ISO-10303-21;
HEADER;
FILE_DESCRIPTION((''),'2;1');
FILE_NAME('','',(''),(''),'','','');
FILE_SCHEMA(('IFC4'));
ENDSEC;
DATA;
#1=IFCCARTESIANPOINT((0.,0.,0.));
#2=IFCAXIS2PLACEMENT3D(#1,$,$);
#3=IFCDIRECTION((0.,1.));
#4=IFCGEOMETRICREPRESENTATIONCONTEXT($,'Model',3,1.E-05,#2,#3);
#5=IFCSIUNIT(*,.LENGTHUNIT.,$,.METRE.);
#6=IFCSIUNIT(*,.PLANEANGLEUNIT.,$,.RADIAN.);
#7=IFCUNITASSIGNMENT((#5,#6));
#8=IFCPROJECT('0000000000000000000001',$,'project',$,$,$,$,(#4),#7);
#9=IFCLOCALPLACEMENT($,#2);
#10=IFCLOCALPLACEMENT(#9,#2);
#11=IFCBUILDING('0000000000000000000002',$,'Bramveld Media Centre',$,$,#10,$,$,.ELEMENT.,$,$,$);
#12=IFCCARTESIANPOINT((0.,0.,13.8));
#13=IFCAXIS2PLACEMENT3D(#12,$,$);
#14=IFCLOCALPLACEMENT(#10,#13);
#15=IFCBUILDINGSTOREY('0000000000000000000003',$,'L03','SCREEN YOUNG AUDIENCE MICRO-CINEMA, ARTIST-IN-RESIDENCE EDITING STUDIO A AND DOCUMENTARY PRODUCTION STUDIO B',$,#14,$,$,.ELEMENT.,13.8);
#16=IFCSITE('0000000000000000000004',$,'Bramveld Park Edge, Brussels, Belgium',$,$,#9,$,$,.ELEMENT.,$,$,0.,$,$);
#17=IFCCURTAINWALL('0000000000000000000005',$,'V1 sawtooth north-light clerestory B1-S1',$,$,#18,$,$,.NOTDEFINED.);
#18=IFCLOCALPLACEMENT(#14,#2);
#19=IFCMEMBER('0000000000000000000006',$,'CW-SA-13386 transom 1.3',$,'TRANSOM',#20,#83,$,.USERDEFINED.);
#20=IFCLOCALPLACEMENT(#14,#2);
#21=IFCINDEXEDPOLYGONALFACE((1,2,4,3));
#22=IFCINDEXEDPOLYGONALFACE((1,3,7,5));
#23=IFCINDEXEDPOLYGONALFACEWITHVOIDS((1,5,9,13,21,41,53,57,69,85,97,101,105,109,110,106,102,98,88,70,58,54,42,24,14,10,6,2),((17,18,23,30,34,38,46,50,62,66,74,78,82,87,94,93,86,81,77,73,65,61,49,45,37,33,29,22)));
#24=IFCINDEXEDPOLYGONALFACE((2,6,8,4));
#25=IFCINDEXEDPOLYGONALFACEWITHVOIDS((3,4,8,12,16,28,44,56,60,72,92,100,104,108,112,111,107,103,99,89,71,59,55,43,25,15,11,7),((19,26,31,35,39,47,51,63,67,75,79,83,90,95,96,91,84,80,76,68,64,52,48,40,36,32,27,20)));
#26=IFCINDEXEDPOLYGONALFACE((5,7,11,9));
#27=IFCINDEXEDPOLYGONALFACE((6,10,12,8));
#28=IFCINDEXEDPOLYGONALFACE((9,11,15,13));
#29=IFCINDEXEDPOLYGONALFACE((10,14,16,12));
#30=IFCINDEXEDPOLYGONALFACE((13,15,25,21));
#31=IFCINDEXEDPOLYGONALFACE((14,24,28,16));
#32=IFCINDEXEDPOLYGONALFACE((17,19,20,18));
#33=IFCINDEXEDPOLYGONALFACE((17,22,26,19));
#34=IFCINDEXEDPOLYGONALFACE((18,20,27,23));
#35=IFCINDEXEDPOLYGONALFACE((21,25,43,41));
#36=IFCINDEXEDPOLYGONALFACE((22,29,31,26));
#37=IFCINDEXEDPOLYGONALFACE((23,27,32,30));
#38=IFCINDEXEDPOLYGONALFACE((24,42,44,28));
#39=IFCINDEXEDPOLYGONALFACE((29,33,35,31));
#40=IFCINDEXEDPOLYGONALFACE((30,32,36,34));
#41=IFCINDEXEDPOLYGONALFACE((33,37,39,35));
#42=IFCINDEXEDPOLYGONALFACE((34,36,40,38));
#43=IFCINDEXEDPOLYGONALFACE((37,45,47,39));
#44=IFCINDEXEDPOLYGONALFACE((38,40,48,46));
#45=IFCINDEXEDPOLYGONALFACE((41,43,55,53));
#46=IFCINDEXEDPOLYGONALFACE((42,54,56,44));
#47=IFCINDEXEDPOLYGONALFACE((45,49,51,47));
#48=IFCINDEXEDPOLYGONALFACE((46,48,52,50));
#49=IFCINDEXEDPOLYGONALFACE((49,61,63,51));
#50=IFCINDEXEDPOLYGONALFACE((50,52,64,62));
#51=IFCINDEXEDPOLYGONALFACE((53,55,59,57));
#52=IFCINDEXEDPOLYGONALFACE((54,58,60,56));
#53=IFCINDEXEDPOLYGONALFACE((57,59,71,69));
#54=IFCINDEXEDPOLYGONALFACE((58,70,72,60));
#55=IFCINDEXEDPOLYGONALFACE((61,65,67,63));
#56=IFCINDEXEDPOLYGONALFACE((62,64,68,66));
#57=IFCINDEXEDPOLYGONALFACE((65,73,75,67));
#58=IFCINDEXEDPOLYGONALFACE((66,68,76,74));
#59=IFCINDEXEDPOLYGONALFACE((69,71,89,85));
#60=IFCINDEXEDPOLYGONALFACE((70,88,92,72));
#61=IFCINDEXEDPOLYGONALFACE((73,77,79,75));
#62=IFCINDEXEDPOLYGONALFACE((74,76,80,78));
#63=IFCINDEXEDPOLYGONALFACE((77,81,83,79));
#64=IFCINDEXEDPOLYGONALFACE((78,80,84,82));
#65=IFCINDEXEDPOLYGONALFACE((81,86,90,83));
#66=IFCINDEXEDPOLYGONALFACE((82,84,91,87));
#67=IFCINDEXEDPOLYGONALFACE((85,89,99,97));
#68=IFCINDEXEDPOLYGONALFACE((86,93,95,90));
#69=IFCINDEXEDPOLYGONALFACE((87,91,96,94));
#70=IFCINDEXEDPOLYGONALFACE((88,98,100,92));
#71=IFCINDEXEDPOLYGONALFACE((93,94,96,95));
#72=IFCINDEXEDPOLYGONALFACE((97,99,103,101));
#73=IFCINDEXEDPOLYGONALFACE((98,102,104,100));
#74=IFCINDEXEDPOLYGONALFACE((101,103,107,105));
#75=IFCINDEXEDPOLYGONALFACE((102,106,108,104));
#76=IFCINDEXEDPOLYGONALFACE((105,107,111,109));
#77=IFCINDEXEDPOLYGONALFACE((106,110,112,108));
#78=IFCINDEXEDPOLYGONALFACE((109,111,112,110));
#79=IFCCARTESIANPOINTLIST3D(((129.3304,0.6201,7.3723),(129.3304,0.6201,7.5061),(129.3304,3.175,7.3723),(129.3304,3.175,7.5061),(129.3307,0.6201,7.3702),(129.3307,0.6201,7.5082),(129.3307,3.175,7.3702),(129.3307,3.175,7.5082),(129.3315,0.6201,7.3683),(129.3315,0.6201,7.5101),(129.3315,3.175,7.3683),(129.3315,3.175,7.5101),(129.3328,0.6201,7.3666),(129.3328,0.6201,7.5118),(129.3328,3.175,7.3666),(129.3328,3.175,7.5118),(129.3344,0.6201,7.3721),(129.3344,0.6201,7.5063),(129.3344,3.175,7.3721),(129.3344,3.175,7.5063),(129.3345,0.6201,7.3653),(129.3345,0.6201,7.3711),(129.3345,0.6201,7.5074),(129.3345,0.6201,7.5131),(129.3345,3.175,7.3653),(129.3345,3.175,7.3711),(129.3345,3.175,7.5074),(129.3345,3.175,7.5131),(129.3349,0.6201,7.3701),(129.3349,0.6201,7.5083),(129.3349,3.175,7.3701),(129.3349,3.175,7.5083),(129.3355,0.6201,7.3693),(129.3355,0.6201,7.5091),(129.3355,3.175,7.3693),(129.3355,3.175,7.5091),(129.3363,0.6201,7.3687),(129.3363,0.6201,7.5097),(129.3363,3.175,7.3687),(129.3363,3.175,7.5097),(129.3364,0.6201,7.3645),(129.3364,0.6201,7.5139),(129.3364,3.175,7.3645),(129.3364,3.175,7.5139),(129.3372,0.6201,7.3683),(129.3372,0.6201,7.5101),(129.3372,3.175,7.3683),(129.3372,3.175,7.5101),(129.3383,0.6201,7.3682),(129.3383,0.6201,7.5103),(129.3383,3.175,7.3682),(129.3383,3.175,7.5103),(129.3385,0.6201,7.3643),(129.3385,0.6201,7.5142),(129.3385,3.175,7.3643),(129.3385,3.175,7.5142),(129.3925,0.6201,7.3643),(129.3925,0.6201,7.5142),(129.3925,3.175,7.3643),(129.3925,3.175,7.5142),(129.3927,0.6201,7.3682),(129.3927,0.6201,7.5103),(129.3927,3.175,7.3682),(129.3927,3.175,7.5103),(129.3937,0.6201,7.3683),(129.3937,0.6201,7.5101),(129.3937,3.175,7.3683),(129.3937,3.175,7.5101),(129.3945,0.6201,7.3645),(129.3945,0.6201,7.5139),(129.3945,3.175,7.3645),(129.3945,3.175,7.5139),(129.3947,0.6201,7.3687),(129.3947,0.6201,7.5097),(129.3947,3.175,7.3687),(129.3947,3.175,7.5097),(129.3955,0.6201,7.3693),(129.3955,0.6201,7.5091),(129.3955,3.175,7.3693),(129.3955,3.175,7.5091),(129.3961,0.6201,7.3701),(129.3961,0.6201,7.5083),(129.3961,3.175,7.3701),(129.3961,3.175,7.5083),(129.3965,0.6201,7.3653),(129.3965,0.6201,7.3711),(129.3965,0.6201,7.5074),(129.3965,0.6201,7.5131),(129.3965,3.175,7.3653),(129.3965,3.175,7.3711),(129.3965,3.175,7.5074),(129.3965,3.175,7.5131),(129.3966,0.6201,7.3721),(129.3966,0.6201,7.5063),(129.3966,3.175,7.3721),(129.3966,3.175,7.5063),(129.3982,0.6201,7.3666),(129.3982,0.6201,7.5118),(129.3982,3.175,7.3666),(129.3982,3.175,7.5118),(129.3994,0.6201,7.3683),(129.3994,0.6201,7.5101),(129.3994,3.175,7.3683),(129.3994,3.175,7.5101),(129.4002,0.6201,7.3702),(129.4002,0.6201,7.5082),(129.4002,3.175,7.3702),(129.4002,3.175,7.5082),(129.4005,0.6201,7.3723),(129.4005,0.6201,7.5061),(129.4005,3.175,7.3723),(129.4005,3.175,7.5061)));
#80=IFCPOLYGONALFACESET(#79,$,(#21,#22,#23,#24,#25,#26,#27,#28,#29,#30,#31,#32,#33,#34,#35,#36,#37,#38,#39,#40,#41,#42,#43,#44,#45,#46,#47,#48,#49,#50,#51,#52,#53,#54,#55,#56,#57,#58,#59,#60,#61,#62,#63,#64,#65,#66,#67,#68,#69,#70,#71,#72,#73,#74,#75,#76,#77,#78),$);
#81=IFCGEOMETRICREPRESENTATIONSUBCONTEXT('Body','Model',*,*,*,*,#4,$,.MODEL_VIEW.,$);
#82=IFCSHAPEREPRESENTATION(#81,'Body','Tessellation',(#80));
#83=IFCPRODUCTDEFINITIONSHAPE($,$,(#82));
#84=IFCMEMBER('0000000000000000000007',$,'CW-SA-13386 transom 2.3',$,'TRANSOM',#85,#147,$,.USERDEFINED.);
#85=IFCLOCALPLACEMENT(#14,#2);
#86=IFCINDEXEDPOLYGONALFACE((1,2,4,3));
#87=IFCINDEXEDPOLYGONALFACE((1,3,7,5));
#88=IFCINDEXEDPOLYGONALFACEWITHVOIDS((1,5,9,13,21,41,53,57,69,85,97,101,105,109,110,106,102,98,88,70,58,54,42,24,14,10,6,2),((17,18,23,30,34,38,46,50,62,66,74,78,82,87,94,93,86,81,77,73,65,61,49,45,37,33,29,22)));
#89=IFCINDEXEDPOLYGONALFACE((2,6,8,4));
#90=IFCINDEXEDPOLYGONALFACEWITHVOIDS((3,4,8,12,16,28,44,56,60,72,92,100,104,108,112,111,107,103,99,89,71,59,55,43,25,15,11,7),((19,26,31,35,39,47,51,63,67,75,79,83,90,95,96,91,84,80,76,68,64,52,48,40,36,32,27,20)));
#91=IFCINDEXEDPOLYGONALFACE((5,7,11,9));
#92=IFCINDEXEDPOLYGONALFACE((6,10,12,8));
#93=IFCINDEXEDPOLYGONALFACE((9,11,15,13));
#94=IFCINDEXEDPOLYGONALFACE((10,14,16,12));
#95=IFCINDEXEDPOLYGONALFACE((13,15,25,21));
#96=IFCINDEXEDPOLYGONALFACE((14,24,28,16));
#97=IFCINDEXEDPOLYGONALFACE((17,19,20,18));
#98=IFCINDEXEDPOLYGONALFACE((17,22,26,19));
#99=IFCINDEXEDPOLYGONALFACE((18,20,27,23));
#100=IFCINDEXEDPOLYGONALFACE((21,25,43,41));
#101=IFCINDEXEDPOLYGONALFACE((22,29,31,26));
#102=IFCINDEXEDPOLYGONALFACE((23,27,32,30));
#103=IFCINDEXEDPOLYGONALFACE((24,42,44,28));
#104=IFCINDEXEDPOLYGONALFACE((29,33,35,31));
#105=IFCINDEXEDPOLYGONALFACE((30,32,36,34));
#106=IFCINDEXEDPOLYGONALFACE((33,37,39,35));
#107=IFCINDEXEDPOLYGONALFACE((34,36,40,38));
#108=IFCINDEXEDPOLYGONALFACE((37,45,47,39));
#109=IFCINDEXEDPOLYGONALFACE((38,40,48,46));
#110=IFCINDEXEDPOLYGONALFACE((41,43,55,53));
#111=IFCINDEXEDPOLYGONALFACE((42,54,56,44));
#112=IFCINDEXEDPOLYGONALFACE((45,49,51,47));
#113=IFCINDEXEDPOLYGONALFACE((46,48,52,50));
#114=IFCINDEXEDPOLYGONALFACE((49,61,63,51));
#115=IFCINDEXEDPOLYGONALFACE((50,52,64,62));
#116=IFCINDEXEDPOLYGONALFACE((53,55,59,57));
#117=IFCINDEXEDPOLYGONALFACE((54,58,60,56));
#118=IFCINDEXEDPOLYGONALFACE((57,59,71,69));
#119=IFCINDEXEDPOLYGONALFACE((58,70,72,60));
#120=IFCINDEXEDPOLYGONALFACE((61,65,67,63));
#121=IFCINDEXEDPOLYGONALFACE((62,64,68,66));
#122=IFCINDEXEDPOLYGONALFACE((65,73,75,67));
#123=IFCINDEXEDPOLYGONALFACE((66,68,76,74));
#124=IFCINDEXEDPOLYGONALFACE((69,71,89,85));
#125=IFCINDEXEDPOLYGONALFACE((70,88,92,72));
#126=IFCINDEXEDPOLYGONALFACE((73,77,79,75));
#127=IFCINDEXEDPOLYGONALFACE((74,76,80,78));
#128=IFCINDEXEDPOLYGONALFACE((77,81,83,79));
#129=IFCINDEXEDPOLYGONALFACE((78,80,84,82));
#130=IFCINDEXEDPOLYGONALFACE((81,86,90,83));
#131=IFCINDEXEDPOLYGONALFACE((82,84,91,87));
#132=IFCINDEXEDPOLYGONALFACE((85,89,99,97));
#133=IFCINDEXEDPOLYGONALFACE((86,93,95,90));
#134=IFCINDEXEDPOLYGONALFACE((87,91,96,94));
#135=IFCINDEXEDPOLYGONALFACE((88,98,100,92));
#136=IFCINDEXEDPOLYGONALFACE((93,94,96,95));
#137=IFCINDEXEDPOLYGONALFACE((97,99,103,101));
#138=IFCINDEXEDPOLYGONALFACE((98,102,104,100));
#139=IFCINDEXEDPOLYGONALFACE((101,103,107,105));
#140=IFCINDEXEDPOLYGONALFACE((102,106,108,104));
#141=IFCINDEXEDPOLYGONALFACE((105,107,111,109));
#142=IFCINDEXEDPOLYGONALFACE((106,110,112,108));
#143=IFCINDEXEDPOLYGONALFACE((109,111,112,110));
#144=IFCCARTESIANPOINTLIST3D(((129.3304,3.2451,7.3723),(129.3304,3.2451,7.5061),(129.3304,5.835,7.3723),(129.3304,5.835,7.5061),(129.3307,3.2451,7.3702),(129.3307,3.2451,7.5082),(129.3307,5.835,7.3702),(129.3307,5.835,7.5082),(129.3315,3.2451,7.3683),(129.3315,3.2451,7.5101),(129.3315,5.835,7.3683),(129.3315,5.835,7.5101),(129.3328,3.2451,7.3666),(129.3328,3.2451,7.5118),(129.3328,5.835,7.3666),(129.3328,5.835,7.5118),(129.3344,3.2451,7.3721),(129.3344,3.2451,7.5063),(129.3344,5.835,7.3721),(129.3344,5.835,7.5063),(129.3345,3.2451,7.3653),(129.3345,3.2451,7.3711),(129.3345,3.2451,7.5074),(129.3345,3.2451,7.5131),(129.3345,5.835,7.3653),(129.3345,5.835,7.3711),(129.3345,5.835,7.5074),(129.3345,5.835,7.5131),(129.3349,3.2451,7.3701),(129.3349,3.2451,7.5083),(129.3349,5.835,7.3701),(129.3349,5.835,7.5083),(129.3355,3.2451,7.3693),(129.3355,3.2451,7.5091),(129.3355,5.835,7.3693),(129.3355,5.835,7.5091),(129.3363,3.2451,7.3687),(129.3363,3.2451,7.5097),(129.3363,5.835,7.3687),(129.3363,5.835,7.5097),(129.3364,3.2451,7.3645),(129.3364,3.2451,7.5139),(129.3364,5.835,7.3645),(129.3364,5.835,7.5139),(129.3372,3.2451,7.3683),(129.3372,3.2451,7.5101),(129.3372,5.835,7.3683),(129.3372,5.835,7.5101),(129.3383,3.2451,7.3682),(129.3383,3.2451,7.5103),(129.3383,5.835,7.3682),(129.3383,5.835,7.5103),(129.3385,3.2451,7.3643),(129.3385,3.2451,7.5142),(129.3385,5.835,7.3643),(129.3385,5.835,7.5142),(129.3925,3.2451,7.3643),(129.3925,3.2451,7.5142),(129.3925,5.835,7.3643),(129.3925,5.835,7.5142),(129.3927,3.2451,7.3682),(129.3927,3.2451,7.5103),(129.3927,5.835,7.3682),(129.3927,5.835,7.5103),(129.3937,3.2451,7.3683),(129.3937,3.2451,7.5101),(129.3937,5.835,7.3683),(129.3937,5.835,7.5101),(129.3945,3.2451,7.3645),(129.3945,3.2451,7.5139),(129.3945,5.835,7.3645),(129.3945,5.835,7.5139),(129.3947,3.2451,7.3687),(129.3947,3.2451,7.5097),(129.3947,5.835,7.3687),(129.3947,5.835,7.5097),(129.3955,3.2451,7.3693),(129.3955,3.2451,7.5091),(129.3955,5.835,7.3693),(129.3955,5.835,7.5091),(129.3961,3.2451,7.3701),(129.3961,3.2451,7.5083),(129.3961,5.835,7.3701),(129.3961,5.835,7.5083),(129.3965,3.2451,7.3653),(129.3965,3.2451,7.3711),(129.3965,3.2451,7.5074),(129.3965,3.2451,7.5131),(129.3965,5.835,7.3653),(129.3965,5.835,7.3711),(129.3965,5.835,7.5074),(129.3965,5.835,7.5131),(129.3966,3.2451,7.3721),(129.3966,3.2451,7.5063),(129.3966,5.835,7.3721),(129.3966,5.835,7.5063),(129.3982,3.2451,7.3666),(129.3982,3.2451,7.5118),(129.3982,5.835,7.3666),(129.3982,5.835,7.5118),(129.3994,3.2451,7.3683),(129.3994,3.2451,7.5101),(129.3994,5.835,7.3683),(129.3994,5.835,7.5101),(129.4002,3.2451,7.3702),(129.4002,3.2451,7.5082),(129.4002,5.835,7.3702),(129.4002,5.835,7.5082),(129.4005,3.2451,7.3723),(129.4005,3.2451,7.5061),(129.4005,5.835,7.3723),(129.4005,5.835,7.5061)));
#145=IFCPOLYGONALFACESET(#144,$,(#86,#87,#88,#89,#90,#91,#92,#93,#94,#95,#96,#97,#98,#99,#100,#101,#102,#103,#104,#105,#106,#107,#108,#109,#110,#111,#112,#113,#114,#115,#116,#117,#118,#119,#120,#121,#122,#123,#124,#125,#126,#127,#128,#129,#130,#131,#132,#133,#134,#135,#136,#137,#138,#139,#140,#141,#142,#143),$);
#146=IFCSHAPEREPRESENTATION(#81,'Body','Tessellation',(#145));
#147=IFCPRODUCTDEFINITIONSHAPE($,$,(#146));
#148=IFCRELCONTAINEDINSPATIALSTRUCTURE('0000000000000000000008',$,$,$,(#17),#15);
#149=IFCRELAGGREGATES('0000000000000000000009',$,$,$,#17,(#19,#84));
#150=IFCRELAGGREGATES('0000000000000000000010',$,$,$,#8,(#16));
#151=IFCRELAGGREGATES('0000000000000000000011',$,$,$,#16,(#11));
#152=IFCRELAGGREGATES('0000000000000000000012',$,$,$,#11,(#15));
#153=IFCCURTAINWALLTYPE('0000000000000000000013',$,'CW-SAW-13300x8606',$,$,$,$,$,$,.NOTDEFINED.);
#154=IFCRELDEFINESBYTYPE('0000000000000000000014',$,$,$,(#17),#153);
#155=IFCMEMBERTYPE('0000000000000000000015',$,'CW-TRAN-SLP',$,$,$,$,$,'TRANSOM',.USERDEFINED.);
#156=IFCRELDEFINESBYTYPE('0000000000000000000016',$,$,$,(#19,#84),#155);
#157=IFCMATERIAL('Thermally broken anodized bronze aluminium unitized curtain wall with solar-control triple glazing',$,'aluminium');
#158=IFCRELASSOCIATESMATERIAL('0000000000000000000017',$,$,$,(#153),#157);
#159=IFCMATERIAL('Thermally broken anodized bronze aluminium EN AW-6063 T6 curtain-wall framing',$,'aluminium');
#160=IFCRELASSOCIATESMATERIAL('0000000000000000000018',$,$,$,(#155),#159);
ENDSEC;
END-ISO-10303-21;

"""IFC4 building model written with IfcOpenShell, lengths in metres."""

from ifc_helpers import new_model, si_unit, direction, frame, origin, origin_2d, place, context, subcontext, project, spatial, hollow_rectangle, extrude, material, material_profile, profile_set, type_object, element, aggregate, save


model = new_model("IFC4")

# Units and contexts
model_context = context("Model", 3, precision=1e-05, world=origin(), true_north=direction((0.0, 1.0)))
body_context = subcontext(model_context, "Body", "Model", "MODEL_VIEW")
ifc_project = project(units=[si_unit("LENGTHUNIT", "METRE"), si_unit("PLANEANGLEUNIT", "RADIAN")], contexts=[model_context])

# Site, building, storey
site_placement = place(None, origin())
site = spatial("IfcSite", under=ifc_project, at=site_placement, Name="Bramveld Park Edge, Brussels, Belgium", CompositionType="ELEMENT", RefElevation=0.0)
building_placement = place(site_placement, origin())
building = spatial("IfcBuilding", under=site, at=building_placement, Name="Bramveld Media Centre", CompositionType="ELEMENT")
storey_placement = place(building_placement, frame((0.0, 0.0, 13.8)))
storey = spatial("IfcBuildingStorey", under=building, at=storey_placement, Name="L03", Description="SCREEN YOUNG AUDIENCE MICRO-CINEMA, ARTIST-IN-RESIDENCE EDITING STUDIO A AND DOCUMENTARY PRODUCTION STUDIO B", CompositionType="ELEMENT", Elevation=13.8)

# Curtain wall, members
ifc_material_1 = material(Name="Thermally broken anodized bronze aluminium unitized curtain wall with solar-control triple glazing", Category="aluminium")
curtain_wall_type = type_object("IfcCurtainWallType", Name="CW-SAW-13300x8606", PredefinedType="NOTDEFINED", material=ifc_material_1)
curtain_wall_1_placement = place(storey_placement, origin())
curtain_wall_1 = element("IfcCurtainWall", 1, at=curtain_wall_1_placement, inside=storey, type_object=curtain_wall_type, Name="V1 sawtooth north-light clerestory B1-S1", PredefinedType="NOTDEFINED")
ifc_material_2 = material(Name="Thermally broken anodized bronze aluminium EN AW-6063 T6 curtain-wall framing", Category="aluminium")
ifc_material_profile_1 = material_profile(ifc_material_2, hollow_rectangle(XDim=0.0701, YDim=0.1499, WallThickness=0.0039, InnerFilletRadius=0.0039, OuterFilletRadius=0.0081, at=origin_2d()), Name="AL-TRAN 70x150")
ifc_profile_set_1 = profile_set([ifc_material_profile_1], Name="Thermally broken anodized bronze aluminium EN AW-6063 T6 curtain-wall framing")
member_type_1 = type_object("IfcMemberType", Name="CW-TRAN-SLP", ElementType="TRANSOM", PredefinedType="USERDEFINED", material=ifc_profile_set_1)
member_1_placement = place(storey_placement, frame((129.3655, 0.6201, 7.4392), z_axis=(0.0, 1.0, 0.0), x_axis=(-1.0, 0.0, 0.0)))
member_1 = element("IfcMember", 2, at=member_1_placement, type_object=member_type_1, Name="CW-SA-13386 transom 1.3", ObjectType="TRANSOM", PredefinedType="USERDEFINED", context=body_context, shape_type="SweptSolid", body=[
    extrude(hollow_rectangle(XDim=0.0701, YDim=0.1499, WallThickness=0.0039, InnerFilletRadius=0.0039, OuterFilletRadius=0.0081, at=origin_2d()), origin(), (0.0, 0.0, 1.0), 2.5549),
])
member_2_placement = place(storey_placement, frame((129.3655, 3.2451, 7.4392), z_axis=(0.0, 1.0, 0.0), x_axis=(-1.0, 0.0, 0.0)))
member_2 = element("IfcMember", 3, at=member_2_placement, type_object=member_type_1, Name="CW-SA-13386 transom 2.3", ObjectType="TRANSOM", PredefinedType="USERDEFINED", context=body_context, shape_type="SweptSolid", body=[
    extrude(hollow_rectangle(XDim=0.0701, YDim=0.1499, WallThickness=0.0039, InnerFilletRadius=0.0039, OuterFilletRadius=0.0081, at=origin_2d()), origin(), (0.0, 0.0, 1.0), 2.5898),
])
aggregate(curtain_wall_1, [member_1, member_2])

save(model, "model.ifc")
